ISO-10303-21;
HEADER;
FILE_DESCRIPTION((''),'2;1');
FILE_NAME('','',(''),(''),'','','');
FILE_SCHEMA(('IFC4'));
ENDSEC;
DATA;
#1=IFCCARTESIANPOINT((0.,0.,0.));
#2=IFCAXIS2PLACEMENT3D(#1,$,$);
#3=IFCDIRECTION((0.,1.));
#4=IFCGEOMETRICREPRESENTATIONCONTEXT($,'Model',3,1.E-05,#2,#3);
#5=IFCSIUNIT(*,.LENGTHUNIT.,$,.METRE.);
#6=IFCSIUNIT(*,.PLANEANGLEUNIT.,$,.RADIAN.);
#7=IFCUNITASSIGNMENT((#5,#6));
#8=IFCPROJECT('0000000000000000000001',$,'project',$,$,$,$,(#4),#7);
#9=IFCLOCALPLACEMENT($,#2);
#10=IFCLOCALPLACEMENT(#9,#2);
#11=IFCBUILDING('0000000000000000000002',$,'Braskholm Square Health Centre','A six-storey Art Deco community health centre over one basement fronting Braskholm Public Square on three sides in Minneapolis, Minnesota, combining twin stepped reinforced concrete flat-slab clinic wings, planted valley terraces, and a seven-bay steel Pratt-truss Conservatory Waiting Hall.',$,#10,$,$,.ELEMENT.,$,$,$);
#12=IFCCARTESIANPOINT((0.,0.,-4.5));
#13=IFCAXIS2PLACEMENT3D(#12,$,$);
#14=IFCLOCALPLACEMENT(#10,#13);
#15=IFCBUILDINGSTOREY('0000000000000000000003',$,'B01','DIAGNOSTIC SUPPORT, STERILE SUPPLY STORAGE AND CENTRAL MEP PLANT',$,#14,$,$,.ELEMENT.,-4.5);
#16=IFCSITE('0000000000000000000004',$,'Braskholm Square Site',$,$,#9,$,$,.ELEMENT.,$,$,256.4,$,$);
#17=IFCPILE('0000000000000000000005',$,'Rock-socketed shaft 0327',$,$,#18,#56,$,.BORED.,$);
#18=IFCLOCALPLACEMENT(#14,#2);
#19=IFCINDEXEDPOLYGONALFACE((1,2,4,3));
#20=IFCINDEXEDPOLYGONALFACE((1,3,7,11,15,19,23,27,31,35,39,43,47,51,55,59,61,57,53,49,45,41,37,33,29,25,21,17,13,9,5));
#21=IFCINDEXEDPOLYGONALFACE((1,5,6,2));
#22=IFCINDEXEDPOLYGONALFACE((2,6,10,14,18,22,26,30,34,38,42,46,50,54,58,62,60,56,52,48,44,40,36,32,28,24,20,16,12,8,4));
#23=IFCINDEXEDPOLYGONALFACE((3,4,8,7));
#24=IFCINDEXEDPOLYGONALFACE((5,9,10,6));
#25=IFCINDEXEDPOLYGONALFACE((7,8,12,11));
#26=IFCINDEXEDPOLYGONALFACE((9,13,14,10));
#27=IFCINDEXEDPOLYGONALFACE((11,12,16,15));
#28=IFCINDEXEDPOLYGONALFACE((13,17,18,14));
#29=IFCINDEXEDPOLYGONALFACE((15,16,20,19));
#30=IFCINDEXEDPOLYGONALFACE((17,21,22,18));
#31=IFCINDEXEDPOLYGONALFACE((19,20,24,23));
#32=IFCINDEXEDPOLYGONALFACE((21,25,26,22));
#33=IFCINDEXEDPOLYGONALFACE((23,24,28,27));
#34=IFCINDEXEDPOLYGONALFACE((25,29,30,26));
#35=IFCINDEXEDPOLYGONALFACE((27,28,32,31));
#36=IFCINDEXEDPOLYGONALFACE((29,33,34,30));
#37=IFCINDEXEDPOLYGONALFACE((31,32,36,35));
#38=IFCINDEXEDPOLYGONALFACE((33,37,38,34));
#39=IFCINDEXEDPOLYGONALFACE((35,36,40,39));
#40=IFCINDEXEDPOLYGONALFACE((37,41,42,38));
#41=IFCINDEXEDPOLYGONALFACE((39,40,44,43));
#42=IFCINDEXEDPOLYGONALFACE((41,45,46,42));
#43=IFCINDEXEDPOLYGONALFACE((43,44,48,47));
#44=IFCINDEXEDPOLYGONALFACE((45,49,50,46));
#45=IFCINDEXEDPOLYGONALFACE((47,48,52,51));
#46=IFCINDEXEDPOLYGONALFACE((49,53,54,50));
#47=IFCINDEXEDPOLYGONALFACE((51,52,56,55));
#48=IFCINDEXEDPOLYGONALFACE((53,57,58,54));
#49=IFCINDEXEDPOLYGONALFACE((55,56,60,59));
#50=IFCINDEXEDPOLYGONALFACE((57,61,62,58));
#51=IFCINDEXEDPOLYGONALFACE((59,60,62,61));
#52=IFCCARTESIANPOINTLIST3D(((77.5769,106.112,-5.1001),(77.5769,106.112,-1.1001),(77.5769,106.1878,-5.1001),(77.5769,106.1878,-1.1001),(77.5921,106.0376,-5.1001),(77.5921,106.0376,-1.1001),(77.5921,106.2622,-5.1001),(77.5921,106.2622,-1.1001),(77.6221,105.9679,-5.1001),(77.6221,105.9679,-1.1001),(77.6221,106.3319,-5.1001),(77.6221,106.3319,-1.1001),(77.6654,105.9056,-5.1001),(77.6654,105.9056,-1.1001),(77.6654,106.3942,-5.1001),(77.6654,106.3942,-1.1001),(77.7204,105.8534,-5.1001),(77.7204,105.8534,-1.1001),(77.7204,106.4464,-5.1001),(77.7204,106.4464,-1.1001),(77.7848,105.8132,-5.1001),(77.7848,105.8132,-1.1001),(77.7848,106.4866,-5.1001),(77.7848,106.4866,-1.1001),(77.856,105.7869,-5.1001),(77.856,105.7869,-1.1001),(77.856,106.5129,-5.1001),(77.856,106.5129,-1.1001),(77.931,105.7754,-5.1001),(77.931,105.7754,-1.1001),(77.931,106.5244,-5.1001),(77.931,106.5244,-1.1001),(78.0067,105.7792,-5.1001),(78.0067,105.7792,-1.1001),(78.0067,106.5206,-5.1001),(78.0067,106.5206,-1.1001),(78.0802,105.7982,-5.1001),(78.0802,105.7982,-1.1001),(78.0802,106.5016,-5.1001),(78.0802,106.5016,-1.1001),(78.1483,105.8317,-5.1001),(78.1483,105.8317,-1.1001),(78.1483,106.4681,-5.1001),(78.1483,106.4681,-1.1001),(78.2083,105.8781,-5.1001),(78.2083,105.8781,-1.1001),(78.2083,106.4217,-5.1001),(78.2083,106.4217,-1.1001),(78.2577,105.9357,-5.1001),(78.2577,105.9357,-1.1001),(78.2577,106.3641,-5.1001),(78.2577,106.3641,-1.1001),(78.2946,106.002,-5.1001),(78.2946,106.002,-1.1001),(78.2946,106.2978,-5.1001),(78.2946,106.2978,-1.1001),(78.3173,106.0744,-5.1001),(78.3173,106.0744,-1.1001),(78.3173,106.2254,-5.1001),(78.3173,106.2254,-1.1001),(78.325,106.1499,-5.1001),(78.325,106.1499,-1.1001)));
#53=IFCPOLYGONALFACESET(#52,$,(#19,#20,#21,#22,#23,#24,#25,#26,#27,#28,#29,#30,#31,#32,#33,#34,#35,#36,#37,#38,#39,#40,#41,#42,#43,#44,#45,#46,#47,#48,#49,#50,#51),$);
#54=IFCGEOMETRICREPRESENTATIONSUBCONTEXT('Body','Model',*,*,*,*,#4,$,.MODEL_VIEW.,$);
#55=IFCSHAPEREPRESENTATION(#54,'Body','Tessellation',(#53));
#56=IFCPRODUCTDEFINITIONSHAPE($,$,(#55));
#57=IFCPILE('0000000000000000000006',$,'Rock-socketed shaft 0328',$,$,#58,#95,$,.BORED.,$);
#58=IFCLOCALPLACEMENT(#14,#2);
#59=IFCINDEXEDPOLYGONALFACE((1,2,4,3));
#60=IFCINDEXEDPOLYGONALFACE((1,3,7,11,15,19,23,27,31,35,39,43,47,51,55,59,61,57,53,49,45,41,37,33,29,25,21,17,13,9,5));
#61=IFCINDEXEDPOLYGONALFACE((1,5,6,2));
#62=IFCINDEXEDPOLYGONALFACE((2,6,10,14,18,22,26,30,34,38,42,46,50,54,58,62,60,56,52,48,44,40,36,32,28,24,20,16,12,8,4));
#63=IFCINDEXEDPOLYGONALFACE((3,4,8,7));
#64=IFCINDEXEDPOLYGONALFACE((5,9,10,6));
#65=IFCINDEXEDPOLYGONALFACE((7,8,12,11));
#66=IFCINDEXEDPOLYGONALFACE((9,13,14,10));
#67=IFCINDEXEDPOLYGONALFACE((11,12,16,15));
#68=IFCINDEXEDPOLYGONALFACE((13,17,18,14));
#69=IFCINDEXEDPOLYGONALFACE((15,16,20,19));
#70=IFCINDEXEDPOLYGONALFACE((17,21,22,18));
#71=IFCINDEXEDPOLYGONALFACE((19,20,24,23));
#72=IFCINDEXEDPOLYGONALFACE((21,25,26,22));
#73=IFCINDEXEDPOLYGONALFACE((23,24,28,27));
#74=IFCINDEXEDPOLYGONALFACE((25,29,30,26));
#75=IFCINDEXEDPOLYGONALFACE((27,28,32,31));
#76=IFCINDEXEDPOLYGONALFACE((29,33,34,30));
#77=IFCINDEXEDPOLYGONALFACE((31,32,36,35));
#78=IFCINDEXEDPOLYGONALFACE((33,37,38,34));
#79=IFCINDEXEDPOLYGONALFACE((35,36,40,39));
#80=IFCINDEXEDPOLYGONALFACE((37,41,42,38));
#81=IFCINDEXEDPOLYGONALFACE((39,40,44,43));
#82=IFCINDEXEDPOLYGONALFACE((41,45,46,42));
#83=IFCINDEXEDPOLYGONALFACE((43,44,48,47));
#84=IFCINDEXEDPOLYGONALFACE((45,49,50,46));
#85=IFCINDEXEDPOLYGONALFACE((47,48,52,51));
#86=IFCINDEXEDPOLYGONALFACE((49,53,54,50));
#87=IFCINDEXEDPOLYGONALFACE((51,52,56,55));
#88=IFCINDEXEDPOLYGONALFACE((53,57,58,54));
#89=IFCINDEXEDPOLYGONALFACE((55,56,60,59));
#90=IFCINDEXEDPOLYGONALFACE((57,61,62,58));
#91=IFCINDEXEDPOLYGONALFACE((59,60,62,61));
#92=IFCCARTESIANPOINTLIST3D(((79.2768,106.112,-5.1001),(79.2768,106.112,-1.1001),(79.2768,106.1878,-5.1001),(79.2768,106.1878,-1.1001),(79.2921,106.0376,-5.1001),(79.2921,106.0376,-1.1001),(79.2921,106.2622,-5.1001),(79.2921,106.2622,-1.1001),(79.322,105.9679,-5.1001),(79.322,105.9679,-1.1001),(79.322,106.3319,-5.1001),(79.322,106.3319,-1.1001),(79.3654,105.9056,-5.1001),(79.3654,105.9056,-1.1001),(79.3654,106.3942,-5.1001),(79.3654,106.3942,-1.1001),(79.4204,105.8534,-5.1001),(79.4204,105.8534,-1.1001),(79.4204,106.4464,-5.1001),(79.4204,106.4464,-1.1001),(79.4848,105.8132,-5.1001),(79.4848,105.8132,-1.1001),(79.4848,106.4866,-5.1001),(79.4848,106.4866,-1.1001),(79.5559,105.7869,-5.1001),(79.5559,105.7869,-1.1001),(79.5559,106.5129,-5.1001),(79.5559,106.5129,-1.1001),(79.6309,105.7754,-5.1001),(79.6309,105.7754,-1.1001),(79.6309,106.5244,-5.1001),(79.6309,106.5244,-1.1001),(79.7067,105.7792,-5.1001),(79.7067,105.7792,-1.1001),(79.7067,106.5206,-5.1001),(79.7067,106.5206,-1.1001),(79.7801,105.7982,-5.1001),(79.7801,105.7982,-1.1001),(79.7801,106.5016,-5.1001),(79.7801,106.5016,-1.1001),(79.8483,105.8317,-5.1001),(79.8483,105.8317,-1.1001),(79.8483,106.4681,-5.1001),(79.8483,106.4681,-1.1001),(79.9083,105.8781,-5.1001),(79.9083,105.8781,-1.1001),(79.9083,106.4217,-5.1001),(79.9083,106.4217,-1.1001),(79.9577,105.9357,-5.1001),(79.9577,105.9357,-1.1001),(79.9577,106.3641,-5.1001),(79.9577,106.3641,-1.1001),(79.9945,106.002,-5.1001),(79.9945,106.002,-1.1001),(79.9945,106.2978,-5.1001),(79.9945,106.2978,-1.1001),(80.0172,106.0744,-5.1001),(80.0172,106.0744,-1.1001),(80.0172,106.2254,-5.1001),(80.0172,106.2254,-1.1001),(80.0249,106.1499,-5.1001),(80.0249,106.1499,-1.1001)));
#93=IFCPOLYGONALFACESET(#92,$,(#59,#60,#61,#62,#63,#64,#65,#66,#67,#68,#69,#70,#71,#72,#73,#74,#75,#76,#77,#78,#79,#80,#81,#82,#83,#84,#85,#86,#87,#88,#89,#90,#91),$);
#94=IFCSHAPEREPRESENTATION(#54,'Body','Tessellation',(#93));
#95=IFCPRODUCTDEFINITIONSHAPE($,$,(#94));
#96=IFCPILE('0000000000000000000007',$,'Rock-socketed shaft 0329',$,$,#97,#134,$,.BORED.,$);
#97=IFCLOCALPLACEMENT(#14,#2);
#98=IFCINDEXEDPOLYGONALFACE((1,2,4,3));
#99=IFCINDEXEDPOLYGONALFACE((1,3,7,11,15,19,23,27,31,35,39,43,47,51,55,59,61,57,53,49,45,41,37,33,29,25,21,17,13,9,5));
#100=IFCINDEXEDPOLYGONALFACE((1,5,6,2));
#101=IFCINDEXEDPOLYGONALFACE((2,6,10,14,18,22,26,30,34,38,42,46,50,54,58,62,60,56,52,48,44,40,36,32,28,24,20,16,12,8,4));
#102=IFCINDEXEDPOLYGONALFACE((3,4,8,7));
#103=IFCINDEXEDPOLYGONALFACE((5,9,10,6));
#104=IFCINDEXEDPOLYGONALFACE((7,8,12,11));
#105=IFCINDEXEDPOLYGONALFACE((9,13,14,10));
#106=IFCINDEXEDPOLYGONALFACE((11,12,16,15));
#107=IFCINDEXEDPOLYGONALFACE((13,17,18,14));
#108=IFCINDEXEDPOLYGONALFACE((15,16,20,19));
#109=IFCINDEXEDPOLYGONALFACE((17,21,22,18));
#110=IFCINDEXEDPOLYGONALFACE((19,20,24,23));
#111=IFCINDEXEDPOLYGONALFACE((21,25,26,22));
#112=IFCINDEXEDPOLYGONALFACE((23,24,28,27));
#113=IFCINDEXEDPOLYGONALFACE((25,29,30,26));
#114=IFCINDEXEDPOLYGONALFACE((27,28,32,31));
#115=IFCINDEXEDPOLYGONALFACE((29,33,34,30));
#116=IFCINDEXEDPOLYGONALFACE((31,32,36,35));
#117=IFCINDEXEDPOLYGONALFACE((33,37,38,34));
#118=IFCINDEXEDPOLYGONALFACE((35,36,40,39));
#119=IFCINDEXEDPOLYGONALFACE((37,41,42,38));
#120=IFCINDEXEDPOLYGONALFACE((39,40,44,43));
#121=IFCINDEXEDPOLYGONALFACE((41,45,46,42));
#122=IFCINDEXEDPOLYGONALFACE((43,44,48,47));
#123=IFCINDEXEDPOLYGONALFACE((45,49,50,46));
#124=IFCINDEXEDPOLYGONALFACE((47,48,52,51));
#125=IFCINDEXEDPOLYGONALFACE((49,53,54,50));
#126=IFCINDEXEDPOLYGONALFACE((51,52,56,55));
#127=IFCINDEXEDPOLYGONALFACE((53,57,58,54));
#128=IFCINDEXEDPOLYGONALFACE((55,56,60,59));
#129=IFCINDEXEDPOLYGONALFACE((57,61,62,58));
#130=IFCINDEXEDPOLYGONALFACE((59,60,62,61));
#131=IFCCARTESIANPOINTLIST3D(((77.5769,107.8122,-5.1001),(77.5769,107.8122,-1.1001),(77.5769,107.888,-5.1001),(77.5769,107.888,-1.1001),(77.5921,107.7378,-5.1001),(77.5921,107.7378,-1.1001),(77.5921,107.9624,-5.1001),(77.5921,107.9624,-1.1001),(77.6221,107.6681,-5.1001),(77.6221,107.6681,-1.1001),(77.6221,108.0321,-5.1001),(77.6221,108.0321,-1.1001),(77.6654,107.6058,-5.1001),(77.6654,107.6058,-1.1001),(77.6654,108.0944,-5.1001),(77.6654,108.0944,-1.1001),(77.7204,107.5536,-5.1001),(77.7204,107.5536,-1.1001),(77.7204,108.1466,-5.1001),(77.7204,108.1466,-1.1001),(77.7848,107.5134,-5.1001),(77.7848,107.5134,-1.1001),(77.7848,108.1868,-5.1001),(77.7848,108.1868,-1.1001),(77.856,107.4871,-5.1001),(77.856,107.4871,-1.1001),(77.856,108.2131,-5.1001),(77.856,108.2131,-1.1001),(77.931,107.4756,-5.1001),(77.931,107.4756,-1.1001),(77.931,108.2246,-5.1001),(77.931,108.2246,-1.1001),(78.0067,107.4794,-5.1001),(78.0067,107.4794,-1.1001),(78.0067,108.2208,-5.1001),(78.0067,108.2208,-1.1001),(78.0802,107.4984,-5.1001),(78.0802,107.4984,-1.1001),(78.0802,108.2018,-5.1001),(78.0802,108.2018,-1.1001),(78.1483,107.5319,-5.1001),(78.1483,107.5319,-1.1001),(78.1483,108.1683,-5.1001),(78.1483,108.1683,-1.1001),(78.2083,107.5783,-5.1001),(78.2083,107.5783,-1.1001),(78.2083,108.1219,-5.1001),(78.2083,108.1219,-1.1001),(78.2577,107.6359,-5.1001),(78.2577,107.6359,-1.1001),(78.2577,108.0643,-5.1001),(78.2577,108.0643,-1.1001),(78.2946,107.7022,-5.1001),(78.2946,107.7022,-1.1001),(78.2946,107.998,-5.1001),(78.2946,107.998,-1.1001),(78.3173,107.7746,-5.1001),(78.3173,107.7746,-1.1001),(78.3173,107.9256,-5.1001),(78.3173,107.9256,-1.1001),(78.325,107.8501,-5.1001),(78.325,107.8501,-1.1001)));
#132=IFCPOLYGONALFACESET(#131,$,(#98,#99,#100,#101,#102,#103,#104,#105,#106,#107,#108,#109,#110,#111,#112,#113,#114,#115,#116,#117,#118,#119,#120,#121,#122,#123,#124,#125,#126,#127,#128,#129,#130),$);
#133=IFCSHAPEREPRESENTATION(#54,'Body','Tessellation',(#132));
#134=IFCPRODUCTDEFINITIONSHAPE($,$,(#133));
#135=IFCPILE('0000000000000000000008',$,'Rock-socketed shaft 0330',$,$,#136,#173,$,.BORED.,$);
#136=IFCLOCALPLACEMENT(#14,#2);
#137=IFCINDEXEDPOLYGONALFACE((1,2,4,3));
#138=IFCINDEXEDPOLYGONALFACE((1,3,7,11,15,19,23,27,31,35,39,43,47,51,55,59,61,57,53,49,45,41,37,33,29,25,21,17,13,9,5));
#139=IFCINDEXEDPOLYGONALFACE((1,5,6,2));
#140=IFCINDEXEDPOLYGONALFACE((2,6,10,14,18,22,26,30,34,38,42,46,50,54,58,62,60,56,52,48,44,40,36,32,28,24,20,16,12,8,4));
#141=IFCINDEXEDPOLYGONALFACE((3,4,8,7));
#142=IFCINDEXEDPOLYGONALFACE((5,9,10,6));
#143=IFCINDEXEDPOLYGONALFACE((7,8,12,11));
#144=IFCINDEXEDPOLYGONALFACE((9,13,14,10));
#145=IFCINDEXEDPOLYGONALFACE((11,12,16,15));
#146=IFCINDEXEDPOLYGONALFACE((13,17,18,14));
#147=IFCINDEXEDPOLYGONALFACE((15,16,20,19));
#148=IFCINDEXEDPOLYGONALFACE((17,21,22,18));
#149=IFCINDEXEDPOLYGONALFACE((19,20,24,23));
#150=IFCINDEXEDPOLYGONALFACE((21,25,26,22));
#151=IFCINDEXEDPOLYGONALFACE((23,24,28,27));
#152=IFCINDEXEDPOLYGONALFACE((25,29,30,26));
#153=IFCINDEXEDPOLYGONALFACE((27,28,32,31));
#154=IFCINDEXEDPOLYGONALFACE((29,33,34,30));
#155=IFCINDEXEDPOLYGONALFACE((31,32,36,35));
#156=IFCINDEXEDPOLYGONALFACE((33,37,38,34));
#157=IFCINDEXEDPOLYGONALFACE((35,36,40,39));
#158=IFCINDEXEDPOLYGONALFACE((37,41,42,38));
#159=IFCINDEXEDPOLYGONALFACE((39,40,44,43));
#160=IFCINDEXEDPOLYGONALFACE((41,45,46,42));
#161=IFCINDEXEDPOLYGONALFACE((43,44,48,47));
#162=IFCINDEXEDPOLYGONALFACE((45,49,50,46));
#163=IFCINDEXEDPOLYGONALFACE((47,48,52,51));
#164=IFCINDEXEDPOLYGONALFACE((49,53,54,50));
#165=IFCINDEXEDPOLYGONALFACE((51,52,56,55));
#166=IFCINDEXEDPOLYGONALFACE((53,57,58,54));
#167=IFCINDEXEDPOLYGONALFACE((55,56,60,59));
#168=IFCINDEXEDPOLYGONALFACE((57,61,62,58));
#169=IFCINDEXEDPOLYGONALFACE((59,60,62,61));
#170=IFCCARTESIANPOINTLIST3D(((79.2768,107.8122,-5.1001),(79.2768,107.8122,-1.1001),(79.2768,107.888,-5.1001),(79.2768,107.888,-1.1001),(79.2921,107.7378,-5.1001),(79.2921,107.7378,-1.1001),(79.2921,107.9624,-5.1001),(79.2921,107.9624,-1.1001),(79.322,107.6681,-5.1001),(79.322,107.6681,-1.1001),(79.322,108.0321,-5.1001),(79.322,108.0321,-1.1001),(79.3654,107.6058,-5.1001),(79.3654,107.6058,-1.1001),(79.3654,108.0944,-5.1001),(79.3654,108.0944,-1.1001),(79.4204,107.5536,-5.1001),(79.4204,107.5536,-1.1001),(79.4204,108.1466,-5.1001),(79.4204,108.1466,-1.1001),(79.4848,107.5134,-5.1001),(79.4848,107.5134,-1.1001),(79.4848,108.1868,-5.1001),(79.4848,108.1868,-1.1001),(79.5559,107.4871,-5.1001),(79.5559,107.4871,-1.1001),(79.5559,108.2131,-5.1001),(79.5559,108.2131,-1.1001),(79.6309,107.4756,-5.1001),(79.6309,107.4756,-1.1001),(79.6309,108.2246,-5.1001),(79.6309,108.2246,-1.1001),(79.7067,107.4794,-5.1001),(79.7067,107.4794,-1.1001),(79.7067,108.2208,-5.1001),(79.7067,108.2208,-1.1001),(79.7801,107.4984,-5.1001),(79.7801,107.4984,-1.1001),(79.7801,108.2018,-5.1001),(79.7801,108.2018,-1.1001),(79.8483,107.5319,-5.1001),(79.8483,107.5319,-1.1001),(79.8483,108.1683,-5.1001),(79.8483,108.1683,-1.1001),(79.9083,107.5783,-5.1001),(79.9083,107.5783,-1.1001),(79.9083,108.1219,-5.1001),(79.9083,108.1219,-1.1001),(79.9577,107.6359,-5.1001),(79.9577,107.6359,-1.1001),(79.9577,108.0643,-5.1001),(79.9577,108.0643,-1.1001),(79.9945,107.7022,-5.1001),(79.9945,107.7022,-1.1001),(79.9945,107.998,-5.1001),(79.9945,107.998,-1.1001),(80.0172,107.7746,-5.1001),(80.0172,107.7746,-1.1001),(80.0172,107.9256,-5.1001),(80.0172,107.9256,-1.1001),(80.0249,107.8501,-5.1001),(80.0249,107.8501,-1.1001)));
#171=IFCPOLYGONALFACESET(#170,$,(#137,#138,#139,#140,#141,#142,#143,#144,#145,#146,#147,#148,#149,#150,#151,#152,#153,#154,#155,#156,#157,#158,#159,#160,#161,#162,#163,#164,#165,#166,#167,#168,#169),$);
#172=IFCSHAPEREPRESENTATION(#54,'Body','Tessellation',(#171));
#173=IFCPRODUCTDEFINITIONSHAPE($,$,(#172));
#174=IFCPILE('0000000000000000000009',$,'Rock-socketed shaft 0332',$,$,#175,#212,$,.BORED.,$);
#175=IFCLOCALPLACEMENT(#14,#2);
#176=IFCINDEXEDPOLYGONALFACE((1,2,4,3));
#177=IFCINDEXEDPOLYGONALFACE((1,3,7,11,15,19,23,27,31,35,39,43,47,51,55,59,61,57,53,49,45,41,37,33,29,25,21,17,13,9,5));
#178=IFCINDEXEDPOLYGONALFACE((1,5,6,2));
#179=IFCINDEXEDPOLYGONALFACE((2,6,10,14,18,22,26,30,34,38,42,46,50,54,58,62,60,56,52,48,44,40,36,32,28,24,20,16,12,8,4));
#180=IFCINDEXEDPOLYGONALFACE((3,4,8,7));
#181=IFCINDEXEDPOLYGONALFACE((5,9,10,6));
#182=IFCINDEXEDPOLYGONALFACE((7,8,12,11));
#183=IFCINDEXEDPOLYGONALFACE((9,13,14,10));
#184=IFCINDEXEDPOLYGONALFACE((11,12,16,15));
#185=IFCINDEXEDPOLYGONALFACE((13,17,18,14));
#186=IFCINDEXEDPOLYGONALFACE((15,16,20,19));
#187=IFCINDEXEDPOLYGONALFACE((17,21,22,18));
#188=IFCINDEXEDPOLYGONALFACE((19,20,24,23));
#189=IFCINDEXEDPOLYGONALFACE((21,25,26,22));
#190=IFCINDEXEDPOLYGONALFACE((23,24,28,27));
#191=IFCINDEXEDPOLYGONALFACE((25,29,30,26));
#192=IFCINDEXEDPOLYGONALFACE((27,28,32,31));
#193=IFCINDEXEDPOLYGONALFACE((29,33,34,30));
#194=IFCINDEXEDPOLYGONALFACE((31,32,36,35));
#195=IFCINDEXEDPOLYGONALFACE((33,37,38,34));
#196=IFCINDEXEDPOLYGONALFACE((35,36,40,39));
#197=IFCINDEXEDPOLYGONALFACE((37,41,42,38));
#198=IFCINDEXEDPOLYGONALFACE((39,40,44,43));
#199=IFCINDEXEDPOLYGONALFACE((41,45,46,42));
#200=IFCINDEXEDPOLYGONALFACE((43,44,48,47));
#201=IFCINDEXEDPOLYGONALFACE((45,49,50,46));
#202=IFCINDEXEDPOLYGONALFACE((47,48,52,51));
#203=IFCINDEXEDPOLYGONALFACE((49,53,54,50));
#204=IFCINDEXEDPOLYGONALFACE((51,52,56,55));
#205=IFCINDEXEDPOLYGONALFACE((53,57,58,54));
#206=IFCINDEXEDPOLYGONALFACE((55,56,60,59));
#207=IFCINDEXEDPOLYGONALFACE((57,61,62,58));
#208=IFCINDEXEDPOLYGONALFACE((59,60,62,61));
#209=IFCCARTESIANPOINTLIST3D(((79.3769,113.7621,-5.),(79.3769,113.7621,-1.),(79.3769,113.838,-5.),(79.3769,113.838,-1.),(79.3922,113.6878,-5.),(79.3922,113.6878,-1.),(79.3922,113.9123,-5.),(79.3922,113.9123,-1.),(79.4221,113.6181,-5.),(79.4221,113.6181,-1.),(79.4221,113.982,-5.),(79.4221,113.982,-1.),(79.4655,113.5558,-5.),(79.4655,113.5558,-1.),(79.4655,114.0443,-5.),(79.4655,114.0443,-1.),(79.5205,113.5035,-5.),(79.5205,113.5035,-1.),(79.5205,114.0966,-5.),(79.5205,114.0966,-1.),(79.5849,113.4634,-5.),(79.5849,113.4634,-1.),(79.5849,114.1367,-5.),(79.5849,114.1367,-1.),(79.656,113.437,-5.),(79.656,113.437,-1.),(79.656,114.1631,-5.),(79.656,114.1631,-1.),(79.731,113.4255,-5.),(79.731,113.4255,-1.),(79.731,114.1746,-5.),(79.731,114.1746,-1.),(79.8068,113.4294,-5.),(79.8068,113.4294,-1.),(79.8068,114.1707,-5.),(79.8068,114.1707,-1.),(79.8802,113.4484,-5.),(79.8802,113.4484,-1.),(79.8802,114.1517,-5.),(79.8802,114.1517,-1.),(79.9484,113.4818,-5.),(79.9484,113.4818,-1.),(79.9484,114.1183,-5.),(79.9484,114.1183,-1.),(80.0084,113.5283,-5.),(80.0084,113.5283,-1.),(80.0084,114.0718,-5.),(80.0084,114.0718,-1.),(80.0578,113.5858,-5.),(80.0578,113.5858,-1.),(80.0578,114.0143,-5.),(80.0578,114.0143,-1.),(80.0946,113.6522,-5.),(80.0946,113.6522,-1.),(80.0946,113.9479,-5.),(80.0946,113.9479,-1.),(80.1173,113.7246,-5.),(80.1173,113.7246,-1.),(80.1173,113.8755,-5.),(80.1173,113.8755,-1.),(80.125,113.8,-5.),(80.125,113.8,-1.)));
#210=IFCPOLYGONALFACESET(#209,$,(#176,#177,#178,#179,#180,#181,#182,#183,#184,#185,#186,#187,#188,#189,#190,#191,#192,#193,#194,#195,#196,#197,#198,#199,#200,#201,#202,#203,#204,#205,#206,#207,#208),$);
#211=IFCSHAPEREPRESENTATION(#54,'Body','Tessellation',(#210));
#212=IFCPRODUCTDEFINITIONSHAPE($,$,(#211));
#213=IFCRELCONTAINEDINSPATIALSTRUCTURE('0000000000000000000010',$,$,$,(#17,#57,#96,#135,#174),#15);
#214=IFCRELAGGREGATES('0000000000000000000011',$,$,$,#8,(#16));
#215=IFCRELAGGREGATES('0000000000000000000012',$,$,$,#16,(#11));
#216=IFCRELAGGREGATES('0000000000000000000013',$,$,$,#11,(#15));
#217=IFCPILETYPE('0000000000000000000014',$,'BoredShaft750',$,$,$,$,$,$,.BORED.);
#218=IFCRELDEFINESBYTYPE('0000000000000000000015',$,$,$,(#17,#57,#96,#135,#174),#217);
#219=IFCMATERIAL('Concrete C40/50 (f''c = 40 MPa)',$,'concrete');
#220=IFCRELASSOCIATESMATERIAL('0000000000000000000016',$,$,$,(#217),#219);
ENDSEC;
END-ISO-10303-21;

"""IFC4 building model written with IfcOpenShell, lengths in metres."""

from ifc_helpers import new_model, si_unit, direction, frame, origin, origin_2d, place, context, subcontext, project, spatial, circle, extrude, material, material_profile, profile_set, type_object, element, save


model = new_model("IFC4")

# Units and contexts
model_context = context("Model", 3, precision=1e-05, world=origin(), true_north=direction((0.0, 1.0)))
body_context = subcontext(model_context, "Body", "Model", "MODEL_VIEW")
ifc_project = project(units=[si_unit("LENGTHUNIT", "METRE"), si_unit("PLANEANGLEUNIT", "RADIAN")], contexts=[model_context])

# Site, building, storey
site_placement = place(None, origin())
site = spatial("IfcSite", under=ifc_project, at=site_placement, Name="Braskholm Square Site", CompositionType="ELEMENT", RefElevation=256.4)
building_placement = place(site_placement, origin())
building = spatial("IfcBuilding", under=site, at=building_placement, Name="Braskholm Square Health Centre", Description="A six-storey Art Deco community health centre over one basement fronting Braskholm Public Square on three sides in Minneapolis, Minnesota, combining twin stepped reinforced concrete flat-slab clinic wings, planted valley terraces, and a seven-bay steel Pratt-truss Conservatory Waiting Hall.", CompositionType="ELEMENT")
storey_placement = place(building_placement, frame((0.0, 0.0, -4.5)))
storey = spatial("IfcBuildingStorey", under=building, at=storey_placement, Name="B01", Description="DIAGNOSTIC SUPPORT, STERILE SUPPLY STORAGE AND CENTRAL MEP PLANT", CompositionType="ELEMENT", Elevation=-4.5)

# Piles
ifc_material_1 = material(Name="Concrete C40/50 (f'c = 40 MPa)", Category="concrete")
ifc_material_profile_1 = material_profile(ifc_material_1, circle(Radius=0.375, at=origin_2d()), Name="BORED-PILE-750")
ifc_profile_set_1 = profile_set([ifc_material_profile_1], Name="Concrete C40/50 (f'c = 40 MPa)")
pile_type_1 = type_object("IfcPileType", Name="BoredShaft750", PredefinedType="BORED", material=ifc_profile_set_1)
for number, where, z_axis, x_axis, name in (
    (1, (77.95, 106.1499, -1.1001), (0.0, 0.0, -1.0), (1.0, 0.0, 0.0), "Rock-socketed shaft 0327"),
    (2, (79.6499, 106.1499, -1.1001), (0.0, 0.0, -1.0), (1.0, 0.0, 0.0), "Rock-socketed shaft 0328"),
    (3, (77.95, 107.8501, -1.1001), (0.0, 0.0, -1.0), (1.0, 0.0, 0.0), "Rock-socketed shaft 0329"),
    (4, (79.6499, 107.8501, -1.1001), (0.0, 0.0, -1.0), (1.0, 0.0, 0.0), "Rock-socketed shaft 0330"),
    (5, (79.75, 113.8, -1.0), (0.0, 0.0, -1.0), (1.0, 0.0, 0.0), "Rock-socketed shaft 0332"),
):
    element("IfcPile", number, at=place(storey_placement, frame(where, z_axis=z_axis, x_axis=x_axis)), inside=storey, type_object=pile_type_1, Name=name, PredefinedType="BORED", context=body_context, shape_type="SweptSolid", body=[
        extrude(circle(Radius=0.375, at=origin_2d()), origin(), (0.0, 0.0, 1.0), 4.0),
    ])

save(model, "model.ifc")
